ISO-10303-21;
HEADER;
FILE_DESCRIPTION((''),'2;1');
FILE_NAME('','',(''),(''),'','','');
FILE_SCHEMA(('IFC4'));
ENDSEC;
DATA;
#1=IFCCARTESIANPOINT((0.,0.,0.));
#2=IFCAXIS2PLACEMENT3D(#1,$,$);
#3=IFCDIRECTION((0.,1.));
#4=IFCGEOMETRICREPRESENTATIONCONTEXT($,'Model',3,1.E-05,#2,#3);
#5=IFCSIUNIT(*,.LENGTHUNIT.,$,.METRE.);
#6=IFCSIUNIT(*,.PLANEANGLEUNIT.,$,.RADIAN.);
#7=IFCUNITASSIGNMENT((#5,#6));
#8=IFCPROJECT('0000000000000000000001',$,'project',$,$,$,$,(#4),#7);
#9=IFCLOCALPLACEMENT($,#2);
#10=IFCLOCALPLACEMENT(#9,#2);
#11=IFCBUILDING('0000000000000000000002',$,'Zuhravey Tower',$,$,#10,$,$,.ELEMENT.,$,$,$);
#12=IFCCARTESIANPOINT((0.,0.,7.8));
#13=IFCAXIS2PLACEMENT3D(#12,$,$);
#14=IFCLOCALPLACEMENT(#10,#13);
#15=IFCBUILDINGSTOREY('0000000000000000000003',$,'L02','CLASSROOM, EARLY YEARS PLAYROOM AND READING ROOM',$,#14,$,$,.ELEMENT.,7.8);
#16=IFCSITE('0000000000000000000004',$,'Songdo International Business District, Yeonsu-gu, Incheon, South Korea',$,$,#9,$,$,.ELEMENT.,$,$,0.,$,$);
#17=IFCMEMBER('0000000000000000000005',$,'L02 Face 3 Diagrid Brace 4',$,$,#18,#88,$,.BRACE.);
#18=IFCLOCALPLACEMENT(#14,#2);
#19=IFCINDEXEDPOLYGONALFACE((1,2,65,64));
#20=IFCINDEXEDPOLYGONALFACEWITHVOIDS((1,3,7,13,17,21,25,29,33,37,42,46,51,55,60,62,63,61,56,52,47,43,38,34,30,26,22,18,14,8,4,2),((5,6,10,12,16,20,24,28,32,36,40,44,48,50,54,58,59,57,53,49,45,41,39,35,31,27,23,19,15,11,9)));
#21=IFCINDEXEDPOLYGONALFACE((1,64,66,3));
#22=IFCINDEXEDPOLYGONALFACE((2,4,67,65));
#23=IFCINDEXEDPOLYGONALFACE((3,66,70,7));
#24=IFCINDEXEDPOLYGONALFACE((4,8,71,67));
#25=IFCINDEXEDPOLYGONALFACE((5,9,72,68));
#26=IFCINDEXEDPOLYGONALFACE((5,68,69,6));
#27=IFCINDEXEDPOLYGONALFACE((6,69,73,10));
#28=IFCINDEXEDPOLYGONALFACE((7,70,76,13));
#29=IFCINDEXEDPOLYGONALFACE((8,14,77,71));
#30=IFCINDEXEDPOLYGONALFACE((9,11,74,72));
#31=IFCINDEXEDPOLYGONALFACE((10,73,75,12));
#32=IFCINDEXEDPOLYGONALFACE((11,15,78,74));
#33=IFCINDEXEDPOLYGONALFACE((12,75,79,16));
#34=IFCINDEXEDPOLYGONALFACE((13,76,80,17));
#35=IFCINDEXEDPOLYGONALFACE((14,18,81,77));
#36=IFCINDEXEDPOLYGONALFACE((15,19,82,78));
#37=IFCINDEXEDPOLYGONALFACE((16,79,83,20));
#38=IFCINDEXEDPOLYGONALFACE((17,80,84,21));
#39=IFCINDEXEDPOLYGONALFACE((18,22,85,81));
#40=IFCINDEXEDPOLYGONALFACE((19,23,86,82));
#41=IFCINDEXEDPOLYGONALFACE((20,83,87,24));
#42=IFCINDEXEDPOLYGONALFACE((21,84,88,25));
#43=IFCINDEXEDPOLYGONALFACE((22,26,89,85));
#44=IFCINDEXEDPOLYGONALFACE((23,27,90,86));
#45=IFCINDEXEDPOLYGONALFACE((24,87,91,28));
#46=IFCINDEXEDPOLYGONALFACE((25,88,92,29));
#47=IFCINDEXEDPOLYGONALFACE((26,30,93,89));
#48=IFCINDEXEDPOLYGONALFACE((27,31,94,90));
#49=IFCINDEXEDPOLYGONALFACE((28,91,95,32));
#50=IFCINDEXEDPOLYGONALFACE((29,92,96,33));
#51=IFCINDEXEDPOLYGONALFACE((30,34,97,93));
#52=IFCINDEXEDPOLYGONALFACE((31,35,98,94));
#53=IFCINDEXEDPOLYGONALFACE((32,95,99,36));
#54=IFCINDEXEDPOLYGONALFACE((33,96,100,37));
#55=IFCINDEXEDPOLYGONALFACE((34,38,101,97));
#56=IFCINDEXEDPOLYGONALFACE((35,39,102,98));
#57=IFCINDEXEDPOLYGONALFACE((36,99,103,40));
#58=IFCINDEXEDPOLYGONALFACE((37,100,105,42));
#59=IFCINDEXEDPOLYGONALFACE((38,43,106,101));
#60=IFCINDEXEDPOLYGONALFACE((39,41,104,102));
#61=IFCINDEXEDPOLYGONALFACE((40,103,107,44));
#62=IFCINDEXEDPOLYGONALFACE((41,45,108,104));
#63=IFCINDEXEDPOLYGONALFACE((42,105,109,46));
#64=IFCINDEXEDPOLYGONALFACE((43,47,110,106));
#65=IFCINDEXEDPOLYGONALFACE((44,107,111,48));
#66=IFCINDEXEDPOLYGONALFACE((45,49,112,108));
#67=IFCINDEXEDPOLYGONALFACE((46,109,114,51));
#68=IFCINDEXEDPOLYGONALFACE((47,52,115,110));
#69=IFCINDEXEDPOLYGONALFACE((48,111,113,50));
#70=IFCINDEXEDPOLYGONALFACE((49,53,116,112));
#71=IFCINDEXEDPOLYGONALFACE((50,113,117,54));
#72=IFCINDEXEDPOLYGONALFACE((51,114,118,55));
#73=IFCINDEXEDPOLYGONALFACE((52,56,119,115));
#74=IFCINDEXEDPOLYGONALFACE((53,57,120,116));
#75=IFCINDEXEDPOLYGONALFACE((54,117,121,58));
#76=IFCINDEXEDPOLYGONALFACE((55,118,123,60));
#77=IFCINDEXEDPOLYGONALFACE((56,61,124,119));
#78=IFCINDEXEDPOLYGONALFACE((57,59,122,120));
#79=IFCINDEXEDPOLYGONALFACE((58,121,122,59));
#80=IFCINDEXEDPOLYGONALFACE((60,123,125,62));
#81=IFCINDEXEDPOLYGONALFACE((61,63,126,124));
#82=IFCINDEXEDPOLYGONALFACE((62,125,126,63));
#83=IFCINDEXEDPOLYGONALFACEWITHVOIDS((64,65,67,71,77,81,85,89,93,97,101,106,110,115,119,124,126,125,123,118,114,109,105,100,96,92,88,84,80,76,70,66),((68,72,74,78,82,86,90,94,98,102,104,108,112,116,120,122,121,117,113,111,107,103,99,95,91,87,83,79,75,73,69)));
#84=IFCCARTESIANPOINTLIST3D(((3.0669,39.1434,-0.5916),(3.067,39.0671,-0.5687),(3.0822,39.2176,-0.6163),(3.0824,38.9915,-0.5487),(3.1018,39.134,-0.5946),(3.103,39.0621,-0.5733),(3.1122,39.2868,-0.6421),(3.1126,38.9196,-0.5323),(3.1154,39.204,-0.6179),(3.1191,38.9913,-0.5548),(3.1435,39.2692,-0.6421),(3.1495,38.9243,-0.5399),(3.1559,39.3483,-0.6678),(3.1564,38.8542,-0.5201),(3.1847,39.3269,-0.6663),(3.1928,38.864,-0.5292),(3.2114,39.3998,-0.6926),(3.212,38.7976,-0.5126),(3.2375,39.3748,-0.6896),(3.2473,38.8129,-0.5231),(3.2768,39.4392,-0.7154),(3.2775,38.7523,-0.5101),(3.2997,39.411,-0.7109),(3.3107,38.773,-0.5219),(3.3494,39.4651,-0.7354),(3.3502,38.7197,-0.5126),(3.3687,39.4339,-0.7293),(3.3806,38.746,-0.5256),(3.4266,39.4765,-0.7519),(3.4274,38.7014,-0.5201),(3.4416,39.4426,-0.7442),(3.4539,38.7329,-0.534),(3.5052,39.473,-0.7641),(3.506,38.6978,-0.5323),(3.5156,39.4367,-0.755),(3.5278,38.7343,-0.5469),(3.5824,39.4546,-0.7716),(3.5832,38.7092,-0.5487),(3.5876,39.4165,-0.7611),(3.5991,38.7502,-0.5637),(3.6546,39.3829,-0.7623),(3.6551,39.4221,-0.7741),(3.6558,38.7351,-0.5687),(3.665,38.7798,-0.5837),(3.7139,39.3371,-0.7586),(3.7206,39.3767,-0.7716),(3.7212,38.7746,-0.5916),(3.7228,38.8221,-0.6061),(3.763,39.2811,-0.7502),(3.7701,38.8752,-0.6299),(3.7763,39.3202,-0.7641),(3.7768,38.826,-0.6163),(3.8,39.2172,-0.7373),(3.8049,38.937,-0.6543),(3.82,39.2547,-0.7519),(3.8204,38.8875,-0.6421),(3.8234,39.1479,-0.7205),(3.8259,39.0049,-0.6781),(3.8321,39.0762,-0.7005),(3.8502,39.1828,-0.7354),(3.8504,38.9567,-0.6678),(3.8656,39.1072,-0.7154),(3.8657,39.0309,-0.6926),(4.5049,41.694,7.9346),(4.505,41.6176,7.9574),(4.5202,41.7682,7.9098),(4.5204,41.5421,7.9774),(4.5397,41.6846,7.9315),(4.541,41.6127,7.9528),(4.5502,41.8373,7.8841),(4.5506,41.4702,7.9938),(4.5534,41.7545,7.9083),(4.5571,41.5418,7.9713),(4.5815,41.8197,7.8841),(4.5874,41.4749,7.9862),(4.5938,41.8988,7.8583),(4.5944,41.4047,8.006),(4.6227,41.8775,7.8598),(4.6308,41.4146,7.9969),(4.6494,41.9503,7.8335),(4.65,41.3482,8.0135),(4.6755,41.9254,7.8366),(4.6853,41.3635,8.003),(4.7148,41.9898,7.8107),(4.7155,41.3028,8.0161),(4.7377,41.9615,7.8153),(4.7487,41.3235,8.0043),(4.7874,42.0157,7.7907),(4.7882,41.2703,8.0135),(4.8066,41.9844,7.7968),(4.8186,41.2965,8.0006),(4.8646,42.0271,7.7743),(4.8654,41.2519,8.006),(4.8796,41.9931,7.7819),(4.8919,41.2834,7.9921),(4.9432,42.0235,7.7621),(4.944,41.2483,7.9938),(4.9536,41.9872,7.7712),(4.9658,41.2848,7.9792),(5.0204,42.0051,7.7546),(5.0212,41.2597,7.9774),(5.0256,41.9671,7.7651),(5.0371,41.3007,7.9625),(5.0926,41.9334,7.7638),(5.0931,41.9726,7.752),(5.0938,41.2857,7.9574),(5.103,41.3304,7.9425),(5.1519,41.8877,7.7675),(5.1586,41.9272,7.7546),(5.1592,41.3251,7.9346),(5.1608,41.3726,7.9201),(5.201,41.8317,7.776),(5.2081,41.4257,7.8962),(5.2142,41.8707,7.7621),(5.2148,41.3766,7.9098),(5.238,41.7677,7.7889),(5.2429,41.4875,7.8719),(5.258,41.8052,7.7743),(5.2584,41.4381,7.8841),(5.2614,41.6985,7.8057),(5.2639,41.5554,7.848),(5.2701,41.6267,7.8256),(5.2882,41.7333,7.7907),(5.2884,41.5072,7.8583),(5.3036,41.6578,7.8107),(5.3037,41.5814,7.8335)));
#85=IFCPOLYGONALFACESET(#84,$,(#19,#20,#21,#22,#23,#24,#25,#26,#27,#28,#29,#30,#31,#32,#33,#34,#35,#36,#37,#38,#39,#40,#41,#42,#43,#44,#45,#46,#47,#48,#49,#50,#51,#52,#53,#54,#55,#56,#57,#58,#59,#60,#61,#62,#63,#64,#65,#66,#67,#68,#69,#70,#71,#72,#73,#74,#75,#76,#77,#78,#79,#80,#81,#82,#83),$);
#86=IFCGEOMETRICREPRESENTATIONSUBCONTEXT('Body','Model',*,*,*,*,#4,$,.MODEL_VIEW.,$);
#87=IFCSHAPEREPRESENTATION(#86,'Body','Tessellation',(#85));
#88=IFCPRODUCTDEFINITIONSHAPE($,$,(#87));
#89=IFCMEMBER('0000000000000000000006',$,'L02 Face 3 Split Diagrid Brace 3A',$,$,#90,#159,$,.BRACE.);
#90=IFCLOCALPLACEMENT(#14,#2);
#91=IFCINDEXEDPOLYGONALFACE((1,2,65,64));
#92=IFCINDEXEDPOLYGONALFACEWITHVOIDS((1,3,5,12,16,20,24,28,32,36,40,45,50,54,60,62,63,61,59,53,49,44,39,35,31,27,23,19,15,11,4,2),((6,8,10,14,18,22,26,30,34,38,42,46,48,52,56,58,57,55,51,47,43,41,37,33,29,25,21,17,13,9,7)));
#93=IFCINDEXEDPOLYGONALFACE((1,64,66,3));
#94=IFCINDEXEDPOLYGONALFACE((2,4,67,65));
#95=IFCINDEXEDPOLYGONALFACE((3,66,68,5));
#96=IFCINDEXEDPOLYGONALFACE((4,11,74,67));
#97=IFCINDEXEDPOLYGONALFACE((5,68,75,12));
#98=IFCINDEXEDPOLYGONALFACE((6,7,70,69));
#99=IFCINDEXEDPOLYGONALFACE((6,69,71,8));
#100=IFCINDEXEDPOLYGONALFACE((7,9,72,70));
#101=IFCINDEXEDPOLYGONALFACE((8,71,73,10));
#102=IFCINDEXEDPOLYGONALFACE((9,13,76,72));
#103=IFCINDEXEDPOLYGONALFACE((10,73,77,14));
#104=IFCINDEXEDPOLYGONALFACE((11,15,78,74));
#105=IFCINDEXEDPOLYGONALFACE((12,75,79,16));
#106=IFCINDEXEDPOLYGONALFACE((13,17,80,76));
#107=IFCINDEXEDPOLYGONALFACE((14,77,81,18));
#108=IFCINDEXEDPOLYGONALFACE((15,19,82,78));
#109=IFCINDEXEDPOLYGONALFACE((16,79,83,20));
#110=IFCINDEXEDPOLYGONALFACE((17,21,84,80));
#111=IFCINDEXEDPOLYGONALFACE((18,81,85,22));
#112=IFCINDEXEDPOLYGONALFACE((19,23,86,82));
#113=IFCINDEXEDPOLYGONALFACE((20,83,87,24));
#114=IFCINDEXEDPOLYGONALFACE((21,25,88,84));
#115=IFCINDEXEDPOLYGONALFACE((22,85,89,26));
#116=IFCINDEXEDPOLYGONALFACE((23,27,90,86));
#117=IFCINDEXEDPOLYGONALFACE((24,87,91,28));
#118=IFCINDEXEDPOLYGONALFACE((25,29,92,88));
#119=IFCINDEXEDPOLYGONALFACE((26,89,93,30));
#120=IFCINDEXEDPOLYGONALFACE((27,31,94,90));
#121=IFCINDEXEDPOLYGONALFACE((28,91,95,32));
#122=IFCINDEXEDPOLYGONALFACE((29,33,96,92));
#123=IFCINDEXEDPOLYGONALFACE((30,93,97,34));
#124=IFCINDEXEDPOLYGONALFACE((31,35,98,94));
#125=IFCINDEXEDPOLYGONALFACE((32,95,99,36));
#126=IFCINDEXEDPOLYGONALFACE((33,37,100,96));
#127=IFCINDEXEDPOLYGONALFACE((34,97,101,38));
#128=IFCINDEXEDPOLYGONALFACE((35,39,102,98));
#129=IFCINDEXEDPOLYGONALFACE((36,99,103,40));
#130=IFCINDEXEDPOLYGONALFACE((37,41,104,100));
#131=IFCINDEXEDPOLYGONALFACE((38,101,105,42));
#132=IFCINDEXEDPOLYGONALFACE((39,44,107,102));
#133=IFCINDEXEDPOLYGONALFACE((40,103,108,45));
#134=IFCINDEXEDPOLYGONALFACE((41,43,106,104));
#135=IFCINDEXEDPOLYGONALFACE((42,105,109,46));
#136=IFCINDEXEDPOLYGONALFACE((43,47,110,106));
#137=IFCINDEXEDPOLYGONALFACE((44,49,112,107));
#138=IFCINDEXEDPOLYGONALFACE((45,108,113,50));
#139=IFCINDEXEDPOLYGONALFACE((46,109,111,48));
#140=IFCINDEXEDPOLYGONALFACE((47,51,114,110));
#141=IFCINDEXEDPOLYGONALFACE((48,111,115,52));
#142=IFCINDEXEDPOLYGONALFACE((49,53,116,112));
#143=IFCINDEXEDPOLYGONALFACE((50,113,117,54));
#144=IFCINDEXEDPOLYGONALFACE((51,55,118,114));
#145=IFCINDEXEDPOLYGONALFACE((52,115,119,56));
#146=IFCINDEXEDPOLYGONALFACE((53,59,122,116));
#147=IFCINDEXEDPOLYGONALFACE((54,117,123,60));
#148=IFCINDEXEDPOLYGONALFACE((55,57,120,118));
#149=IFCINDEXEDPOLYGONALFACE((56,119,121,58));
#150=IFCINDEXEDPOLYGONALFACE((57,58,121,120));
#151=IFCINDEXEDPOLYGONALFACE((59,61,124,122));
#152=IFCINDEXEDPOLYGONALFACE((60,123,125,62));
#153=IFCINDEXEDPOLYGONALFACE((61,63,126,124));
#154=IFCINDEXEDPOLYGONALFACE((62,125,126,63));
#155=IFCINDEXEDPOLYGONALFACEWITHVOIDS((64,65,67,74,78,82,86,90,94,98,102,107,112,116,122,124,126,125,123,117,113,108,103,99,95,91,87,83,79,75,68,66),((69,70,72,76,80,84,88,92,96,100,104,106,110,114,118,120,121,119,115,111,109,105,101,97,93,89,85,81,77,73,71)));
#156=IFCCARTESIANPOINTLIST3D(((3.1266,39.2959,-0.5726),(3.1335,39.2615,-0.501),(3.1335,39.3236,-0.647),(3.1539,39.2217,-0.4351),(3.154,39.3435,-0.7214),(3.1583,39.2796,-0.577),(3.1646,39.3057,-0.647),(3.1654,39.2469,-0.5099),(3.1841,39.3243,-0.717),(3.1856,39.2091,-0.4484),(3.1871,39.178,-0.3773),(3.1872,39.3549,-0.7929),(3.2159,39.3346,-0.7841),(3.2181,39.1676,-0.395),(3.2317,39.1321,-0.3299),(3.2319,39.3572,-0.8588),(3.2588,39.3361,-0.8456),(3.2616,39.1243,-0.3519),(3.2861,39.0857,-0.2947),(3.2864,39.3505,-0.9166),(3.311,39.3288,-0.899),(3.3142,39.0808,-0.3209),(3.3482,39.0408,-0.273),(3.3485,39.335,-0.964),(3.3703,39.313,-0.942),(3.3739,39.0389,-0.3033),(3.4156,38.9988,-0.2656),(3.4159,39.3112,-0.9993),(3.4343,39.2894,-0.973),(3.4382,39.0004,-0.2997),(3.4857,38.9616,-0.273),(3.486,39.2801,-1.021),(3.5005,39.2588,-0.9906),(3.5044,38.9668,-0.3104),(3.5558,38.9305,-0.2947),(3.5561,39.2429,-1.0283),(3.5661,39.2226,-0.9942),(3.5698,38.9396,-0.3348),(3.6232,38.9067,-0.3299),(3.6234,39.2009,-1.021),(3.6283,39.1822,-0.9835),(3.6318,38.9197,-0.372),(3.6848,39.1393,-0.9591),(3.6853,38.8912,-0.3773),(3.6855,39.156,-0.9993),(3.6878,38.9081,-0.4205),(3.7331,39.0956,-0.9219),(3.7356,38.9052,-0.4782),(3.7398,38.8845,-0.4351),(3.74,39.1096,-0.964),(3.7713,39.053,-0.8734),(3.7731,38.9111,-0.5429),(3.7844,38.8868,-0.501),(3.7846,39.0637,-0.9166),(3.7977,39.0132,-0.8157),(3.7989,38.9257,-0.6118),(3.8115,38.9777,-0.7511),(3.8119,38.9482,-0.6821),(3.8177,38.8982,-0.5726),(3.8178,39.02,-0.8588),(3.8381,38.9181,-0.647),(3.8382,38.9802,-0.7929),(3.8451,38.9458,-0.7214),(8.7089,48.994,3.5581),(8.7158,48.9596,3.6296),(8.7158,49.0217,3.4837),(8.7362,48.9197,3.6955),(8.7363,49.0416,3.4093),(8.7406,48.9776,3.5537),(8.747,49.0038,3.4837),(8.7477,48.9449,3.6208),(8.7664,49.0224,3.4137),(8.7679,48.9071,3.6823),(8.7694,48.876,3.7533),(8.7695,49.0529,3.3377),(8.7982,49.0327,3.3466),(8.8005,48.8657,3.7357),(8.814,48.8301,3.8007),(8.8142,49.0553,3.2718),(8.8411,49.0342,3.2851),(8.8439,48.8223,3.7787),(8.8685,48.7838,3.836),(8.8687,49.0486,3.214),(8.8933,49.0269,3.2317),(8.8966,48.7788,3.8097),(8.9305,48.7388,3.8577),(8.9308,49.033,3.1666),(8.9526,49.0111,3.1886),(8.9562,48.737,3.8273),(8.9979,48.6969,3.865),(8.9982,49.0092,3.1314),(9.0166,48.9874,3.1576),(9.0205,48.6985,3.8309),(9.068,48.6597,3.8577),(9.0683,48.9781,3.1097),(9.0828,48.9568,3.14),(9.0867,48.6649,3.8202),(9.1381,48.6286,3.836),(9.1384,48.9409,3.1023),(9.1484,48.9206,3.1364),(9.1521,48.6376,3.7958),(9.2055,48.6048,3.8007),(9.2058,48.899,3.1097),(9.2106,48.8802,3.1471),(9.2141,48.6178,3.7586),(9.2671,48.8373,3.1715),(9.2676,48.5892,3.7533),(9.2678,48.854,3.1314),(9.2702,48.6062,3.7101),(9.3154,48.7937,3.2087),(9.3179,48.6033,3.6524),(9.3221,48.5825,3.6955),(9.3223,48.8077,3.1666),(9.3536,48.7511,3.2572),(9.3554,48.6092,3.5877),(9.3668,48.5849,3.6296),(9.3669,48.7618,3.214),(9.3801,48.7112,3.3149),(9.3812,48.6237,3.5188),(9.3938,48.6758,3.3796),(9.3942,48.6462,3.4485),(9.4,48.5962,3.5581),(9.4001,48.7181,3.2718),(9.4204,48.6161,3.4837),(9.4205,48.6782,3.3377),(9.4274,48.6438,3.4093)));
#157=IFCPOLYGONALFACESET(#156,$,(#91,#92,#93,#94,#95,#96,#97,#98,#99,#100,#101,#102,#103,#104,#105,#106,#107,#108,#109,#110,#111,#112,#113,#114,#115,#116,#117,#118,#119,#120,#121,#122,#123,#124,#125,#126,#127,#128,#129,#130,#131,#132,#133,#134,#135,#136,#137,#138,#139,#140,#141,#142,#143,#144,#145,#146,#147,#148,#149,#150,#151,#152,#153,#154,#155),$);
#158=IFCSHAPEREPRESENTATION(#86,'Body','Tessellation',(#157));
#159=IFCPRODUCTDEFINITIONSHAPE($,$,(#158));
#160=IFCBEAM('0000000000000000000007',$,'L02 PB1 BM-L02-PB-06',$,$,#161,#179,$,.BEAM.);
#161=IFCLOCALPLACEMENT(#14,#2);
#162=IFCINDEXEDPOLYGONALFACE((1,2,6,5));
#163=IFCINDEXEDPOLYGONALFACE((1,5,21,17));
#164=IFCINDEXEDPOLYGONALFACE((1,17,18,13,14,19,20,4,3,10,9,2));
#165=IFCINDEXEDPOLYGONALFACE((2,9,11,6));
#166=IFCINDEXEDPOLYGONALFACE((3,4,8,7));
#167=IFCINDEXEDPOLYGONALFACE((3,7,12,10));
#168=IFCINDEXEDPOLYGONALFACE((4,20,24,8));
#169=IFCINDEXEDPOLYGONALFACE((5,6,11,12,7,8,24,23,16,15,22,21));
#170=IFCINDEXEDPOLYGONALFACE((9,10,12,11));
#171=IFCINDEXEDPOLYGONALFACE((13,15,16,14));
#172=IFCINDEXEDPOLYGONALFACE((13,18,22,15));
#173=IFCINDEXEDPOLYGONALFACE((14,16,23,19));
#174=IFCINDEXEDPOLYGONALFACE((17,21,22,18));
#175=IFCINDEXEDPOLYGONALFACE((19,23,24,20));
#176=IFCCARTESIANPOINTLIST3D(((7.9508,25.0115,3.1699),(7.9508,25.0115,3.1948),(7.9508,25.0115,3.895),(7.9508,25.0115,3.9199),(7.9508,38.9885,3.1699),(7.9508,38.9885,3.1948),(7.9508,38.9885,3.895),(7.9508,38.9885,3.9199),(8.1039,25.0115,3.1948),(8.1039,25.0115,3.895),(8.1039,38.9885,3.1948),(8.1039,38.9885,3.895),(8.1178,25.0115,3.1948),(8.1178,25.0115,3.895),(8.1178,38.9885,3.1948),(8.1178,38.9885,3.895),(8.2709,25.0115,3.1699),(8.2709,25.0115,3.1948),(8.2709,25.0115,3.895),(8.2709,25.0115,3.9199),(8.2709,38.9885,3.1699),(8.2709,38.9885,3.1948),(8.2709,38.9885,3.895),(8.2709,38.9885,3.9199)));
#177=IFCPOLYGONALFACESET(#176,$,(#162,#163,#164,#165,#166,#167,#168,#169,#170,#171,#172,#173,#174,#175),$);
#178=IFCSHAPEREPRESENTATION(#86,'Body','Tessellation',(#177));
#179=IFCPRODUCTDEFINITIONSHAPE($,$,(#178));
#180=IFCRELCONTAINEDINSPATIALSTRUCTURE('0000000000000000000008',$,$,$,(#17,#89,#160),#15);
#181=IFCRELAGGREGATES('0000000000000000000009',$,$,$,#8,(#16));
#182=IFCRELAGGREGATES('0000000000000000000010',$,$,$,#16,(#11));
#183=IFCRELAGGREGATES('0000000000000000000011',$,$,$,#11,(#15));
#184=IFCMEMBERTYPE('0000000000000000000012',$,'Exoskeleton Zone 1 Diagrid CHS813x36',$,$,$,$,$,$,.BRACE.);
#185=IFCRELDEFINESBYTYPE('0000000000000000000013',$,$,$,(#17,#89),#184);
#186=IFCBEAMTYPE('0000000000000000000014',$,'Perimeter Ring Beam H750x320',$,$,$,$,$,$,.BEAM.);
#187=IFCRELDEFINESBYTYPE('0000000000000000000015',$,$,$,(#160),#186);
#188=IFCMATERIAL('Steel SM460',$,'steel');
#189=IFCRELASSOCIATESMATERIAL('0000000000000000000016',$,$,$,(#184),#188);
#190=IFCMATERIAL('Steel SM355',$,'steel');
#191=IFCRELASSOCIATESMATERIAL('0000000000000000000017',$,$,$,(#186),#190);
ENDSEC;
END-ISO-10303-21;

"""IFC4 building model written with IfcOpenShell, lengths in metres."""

from ifc_helpers import new_model, si_unit, direction, frame, origin, origin_2d, place, context, subcontext, project, spatial, hollow_circle, i_section, extrude, material, material_profile, profile_set, type_object, element, save


model = new_model("IFC4")

# Units and contexts
model_context = context("Model", 3, precision=1e-05, world=origin(), true_north=direction((0.0, 1.0)))
body_context = subcontext(model_context, "Body", "Model", "MODEL_VIEW")
ifc_project = project(units=[si_unit("LENGTHUNIT", "METRE"), si_unit("PLANEANGLEUNIT", "RADIAN")], contexts=[model_context])

# Site, building, storey
site_placement = place(None, origin())
site = spatial("IfcSite", under=ifc_project, at=site_placement, Name="Songdo International Business District, Yeonsu-gu, Incheon, South Korea", CompositionType="ELEMENT", RefElevation=0.0)
building_placement = place(site_placement, origin())
building = spatial("IfcBuilding", under=site, at=building_placement, Name="Zuhravey Tower", CompositionType="ELEMENT")
storey_placement = place(building_placement, frame((0.0, 0.0, 7.8)))
storey = spatial("IfcBuildingStorey", under=building, at=storey_placement, Name="L02", Description="CLASSROOM, EARLY YEARS PLAYROOM AND READING ROOM", CompositionType="ELEMENT", Elevation=7.8)

# Members
ifc_material_1 = material(Name="Steel SM460", Category="steel")
ifc_material_profile_1 = material_profile(ifc_material_1, hollow_circle(Radius=0.4065, WallThickness=0.0359, at=origin_2d()), Name="CHS-812.8x36")
ifc_profile_set_1 = profile_set([ifc_material_profile_1], Name="Steel SM460")
member_type_1 = type_object("IfcMemberType", Name="Exoskeleton Zone 1 Diagrid CHS813x36", PredefinedType="BRACE", material=ifc_profile_set_1)
member_1_placement = place(storey_placement, frame((3.4663, 39.0872, -0.6421), z_axis=(0.159513, 0.282926, 0.945785), x_axis=(-0.871092, 0.49112, 0.0)))
element("IfcMember", 1, at=member_1_placement, inside=storey, type_object=member_type_1, Name="L02 Face 3 Diagrid Brace 4", PredefinedType="BRACE", context=body_context, shape_type="SweptSolid", body=[
    extrude(hollow_circle(Radius=0.4065, WallThickness=0.0359, at=origin_2d()), origin(), (0.0, 0.0, 1.0), 9.0149),
])
member_2_placement = place(storey_placement, frame((3.4858, 39.1208, -0.647), z_axis=(0.468001, 0.813051, 0.346298), x_axis=(-0.866677, 0.498869, 0.0)))
element("IfcMember", 2, at=member_2_placement, inside=storey, type_object=member_type_1, Name="L02 Face 3 Split Diagrid Brace 3A", PredefinedType="BRACE", context=body_context, shape_type="SweptSolid", body=[
    extrude(hollow_circle(Radius=0.4065, WallThickness=0.0359, at=origin_2d()), origin(), (0.0, 0.0, 1.0), 11.928),
])

# Beam
ifc_material_2 = material(Name="Steel SM355", Category="steel")
ifc_material_profile_2 = material_profile(ifc_material_2, i_section(OverallWidth=0.3201, OverallDepth=0.75, WebThickness=0.0139, FlangeThickness=0.0249, at=origin_2d()), Name="H-750x320x14x25")
ifc_profile_set_2 = profile_set([ifc_material_profile_2], Name="Steel SM355")
beam_type_1 = type_object("IfcBeamType", Name="Perimeter Ring Beam H750x320", PredefinedType="BEAM", material=ifc_profile_set_2)
beam_1_placement = place(storey_placement, frame((8.1108, 38.9885, 3.5449), z_axis=(0.0, -1.0, 0.0), x_axis=(1.0, 0.0, 0.0)))
element("IfcBeam", 3, at=beam_1_placement, inside=storey, type_object=beam_type_1, Name="L02 PB1 BM-L02-PB-06", PredefinedType="BEAM", context=body_context, shape_type="SweptSolid", body=[
    extrude(i_section(OverallWidth=0.3201, OverallDepth=0.75, WebThickness=0.0139, FlangeThickness=0.0249, at=origin_2d()), origin(), (0.0, 0.0, 1.0), 13.9771),
])

save(model, "model.ifc")
